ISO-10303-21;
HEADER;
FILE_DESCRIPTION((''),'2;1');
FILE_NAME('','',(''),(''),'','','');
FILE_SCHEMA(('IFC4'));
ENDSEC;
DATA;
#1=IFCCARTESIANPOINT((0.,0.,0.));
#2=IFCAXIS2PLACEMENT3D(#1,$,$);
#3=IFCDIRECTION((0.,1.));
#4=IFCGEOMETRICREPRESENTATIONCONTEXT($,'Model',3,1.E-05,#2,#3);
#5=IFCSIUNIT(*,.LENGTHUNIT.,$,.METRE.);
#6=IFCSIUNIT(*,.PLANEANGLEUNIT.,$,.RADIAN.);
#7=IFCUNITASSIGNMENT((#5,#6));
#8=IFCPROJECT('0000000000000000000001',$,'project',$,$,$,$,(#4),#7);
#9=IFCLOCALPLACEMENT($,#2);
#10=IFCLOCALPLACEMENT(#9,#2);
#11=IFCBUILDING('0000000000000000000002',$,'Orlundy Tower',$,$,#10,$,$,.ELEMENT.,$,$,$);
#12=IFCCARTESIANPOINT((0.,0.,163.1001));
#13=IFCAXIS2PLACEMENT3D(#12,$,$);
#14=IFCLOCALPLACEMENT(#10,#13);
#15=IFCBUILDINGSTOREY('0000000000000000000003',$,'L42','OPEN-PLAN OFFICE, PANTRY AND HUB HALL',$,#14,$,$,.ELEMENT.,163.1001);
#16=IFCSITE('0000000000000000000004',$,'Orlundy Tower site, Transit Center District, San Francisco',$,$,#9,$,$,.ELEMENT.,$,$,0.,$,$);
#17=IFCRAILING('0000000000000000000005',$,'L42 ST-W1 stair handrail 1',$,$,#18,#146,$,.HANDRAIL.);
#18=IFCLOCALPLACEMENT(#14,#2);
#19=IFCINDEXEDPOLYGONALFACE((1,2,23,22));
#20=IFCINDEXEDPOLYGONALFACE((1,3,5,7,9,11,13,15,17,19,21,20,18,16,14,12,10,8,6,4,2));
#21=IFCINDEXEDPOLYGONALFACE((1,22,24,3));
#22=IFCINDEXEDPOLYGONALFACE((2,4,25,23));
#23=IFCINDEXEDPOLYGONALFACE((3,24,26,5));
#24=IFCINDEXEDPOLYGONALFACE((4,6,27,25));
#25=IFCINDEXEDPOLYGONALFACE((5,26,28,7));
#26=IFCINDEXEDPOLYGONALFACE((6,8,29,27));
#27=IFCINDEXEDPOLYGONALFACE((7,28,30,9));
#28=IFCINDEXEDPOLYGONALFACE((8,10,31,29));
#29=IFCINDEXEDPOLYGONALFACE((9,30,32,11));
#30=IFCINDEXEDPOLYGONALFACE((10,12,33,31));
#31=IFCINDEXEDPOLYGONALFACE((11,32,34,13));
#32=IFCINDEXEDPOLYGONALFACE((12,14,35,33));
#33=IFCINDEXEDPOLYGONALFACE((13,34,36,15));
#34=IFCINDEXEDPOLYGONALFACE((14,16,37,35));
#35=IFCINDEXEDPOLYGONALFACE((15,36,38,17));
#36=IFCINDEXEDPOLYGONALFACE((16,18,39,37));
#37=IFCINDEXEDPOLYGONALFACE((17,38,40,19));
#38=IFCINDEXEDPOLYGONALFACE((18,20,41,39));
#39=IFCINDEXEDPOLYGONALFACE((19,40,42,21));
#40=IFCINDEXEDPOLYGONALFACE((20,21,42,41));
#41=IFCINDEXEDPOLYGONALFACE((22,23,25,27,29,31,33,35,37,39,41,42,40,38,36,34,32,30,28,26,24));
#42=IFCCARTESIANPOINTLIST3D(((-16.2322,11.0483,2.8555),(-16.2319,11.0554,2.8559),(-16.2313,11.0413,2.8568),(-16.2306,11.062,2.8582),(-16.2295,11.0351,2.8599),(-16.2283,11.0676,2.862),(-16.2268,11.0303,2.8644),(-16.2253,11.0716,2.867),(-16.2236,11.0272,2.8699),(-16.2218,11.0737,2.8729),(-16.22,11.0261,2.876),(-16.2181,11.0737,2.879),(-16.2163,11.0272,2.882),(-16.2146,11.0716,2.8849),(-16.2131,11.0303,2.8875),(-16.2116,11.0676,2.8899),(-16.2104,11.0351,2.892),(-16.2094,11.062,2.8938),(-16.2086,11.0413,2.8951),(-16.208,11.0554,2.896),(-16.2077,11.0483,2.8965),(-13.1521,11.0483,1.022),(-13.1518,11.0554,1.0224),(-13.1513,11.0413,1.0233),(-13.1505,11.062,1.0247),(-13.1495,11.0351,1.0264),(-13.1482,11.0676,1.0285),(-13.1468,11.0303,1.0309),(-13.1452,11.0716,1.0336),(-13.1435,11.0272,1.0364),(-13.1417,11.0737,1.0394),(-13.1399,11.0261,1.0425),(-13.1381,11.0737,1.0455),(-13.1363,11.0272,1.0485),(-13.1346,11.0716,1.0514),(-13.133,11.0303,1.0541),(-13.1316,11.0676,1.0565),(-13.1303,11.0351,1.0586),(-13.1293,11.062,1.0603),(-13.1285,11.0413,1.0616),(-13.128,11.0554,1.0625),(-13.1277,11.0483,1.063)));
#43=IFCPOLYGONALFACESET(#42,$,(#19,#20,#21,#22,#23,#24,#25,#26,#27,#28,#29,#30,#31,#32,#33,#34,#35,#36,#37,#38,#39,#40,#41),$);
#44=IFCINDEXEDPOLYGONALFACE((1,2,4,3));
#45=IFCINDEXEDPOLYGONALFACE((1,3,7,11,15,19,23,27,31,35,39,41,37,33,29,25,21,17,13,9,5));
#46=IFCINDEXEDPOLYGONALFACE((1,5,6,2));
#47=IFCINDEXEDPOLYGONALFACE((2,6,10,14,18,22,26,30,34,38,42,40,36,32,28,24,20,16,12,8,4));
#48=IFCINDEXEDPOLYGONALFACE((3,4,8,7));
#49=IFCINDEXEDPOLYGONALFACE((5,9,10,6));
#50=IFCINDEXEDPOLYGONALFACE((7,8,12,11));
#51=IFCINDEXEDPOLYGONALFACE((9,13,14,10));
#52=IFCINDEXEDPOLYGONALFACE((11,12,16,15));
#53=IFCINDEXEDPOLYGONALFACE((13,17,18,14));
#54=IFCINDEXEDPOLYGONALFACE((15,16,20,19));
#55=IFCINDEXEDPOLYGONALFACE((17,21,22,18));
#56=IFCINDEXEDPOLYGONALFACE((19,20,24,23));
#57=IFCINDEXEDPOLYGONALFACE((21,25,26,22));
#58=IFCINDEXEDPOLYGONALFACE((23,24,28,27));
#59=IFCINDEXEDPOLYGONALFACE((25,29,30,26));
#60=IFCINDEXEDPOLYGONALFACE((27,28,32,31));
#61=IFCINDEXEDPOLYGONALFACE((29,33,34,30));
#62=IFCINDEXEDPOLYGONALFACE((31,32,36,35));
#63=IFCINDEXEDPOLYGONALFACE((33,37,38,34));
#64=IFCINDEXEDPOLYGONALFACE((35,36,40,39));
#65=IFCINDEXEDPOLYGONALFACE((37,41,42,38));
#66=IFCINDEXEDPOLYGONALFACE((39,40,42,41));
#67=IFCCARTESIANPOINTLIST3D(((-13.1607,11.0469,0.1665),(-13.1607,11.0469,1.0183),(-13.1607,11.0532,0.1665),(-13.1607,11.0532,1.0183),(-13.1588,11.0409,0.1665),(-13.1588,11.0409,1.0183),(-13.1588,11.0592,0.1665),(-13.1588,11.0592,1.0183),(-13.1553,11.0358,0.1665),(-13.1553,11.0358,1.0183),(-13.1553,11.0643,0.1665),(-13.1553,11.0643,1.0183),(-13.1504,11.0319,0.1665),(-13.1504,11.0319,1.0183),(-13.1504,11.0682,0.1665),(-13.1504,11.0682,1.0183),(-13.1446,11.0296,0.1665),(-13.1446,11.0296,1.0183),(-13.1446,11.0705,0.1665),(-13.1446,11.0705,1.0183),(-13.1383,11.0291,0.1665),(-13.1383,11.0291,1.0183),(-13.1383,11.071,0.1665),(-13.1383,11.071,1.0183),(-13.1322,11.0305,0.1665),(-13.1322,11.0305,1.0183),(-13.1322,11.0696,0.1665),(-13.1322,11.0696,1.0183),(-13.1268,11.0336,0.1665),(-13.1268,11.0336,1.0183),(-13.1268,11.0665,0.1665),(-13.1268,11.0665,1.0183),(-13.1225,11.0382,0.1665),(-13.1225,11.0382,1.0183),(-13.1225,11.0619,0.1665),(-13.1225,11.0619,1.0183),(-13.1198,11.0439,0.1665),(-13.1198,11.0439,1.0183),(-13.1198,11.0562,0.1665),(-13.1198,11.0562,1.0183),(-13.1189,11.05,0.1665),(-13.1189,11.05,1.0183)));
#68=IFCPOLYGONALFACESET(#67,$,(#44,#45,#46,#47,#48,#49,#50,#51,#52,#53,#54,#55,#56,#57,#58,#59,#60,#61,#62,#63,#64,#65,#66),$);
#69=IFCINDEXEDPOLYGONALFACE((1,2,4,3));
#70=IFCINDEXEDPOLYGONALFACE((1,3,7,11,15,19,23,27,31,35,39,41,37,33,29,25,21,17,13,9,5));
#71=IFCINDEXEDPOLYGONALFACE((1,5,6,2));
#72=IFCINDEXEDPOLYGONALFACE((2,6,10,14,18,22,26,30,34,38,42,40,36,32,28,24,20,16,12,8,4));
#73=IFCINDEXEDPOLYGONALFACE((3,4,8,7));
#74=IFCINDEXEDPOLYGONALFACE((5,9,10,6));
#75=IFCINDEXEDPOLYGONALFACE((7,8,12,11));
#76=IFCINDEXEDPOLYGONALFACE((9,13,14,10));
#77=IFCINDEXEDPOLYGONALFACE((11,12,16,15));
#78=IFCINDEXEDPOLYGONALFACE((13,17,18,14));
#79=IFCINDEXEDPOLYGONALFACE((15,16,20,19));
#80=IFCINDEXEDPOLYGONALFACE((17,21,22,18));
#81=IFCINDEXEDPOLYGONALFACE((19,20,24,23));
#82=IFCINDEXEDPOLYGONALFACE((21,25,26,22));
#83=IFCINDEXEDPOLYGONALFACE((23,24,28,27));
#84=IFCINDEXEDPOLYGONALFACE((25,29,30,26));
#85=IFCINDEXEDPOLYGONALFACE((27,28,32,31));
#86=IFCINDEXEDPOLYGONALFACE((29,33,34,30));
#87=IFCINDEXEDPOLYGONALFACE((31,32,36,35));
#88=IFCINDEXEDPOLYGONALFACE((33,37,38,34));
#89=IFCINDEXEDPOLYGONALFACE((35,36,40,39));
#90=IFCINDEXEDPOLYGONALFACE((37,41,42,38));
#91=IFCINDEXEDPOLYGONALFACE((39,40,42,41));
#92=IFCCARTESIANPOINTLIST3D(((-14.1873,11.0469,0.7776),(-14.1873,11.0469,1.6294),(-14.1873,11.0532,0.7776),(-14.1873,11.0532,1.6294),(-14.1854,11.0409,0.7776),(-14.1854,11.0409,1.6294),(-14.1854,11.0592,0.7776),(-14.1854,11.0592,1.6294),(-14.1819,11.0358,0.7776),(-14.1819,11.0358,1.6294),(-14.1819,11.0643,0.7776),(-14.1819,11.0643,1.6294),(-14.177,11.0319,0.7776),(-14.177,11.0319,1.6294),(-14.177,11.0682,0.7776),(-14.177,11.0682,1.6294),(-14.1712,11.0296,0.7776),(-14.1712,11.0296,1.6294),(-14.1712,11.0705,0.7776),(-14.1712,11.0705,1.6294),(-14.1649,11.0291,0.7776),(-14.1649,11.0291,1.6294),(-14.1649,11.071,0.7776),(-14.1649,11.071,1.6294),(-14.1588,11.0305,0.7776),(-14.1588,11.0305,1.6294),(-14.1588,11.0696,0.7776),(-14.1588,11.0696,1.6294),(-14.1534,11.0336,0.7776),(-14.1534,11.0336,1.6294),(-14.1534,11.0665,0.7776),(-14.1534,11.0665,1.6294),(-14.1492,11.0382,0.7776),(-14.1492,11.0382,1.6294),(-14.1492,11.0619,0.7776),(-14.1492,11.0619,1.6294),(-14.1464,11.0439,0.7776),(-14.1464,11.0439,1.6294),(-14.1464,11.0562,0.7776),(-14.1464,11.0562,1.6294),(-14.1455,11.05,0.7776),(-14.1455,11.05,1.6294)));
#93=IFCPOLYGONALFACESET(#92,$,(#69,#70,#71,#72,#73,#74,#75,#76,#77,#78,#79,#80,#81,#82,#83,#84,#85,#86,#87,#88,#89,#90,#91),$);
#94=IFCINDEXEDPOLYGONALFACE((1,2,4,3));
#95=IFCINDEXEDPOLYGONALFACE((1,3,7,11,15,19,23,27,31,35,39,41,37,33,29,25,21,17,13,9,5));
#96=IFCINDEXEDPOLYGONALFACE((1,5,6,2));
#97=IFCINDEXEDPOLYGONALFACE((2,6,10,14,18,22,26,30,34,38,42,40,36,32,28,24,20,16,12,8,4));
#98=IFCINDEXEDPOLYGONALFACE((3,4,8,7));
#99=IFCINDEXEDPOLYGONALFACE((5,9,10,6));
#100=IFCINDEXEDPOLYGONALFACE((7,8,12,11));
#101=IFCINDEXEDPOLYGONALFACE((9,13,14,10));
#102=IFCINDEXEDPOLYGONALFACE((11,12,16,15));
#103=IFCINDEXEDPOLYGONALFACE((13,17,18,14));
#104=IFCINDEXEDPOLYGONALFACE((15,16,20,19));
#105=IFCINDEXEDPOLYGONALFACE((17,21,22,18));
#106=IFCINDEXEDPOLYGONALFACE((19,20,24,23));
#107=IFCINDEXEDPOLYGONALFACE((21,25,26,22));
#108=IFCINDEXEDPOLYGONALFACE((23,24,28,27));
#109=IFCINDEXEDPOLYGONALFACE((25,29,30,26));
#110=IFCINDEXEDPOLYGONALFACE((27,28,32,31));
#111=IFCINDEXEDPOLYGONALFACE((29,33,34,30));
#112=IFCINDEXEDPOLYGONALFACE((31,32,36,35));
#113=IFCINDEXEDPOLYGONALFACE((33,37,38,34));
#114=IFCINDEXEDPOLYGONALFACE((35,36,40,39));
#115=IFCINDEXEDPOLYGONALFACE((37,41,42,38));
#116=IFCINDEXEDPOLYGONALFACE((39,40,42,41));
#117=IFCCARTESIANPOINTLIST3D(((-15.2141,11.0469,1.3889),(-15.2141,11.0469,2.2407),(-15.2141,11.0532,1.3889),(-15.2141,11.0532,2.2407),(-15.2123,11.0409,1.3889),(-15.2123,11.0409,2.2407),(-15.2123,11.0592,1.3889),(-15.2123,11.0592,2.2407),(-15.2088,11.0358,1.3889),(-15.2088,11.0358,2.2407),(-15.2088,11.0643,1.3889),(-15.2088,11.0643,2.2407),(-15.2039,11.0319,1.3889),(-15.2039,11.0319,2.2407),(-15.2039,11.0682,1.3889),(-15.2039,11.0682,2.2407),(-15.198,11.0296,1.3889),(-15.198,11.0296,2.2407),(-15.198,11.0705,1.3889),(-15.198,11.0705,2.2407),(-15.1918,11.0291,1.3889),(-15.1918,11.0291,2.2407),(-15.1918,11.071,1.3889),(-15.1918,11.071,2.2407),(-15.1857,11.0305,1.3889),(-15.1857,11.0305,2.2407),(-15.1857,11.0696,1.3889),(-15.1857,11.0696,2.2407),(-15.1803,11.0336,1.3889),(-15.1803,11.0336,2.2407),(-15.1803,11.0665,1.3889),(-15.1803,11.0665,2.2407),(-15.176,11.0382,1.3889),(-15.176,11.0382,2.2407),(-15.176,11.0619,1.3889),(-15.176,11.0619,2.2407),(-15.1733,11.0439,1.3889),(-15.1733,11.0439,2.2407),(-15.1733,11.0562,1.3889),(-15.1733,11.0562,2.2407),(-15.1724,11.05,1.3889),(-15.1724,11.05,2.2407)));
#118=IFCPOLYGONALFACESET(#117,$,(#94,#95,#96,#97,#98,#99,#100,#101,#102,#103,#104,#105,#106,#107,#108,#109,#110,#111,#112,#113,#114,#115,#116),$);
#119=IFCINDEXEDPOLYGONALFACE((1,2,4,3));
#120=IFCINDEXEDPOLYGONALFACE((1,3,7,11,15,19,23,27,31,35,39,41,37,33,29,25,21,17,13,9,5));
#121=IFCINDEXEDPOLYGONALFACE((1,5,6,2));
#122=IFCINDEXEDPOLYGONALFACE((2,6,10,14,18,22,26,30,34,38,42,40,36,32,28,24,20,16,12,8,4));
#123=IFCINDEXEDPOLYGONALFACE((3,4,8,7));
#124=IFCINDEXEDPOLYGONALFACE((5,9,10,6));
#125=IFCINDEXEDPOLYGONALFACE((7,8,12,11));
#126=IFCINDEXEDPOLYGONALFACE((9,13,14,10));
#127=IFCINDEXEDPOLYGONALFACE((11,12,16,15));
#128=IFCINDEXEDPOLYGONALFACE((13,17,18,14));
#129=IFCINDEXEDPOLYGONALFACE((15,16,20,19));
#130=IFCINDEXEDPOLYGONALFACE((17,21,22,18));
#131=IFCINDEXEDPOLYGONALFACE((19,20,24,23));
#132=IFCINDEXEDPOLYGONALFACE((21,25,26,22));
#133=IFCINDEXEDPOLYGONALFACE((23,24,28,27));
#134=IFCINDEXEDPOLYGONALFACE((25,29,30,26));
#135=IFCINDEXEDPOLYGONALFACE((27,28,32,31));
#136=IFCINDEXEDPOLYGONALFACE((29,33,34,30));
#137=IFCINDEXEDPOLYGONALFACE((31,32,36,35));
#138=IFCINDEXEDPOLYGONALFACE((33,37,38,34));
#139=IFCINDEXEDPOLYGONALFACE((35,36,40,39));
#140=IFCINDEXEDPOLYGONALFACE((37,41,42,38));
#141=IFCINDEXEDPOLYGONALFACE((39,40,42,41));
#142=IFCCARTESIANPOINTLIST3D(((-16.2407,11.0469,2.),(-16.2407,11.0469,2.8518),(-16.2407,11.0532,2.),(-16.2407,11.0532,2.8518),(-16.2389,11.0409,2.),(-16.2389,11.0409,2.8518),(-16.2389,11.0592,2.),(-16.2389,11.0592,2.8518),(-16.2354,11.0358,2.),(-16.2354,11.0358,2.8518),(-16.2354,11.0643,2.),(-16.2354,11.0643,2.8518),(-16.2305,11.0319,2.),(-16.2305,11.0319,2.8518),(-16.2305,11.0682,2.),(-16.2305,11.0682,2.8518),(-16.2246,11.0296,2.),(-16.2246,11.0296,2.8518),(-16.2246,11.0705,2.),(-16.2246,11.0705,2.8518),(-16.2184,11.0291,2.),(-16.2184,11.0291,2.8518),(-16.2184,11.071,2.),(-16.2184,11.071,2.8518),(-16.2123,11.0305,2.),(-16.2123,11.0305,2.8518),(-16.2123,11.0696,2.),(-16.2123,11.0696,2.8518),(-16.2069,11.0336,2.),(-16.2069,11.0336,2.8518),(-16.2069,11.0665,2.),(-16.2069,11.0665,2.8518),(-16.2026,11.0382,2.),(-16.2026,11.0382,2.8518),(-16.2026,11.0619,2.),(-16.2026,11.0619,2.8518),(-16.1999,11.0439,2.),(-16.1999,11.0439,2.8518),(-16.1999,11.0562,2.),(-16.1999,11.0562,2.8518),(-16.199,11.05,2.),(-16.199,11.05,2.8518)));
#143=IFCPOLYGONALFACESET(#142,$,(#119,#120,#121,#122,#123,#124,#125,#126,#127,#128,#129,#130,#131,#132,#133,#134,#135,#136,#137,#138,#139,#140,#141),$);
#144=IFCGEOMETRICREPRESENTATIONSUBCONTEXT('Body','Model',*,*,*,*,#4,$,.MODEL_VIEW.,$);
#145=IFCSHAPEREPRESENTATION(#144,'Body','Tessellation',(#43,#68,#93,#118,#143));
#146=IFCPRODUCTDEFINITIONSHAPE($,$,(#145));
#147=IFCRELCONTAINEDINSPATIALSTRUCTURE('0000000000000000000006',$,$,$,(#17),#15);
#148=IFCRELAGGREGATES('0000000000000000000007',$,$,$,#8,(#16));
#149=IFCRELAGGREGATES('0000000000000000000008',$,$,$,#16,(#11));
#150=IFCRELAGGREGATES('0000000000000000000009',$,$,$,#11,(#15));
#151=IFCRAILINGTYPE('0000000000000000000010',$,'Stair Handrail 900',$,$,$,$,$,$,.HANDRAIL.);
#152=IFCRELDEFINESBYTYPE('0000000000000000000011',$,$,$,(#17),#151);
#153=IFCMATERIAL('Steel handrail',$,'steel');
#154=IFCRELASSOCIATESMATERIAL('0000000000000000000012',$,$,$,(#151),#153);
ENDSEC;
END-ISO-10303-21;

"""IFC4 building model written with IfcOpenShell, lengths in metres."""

from ifc_helpers import new_model, si_unit, direction, frame, origin, origin_2d, place, context, subcontext, project, spatial, circle, extrude, material, type_object, element, save


model = new_model("IFC4")

# Units and contexts
model_context = context("Model", 3, precision=1e-05, world=origin(), true_north=direction((0.0, 1.0)))
body_context = subcontext(model_context, "Body", "Model", "MODEL_VIEW")
ifc_project = project(units=[si_unit("LENGTHUNIT", "METRE"), si_unit("PLANEANGLEUNIT", "RADIAN")], contexts=[model_context])

# Site, building, storey
site_placement = place(None, origin())
site = spatial("IfcSite", under=ifc_project, at=site_placement, Name="Orlundy Tower site, Transit Center District, San Francisco", CompositionType="ELEMENT", RefElevation=0.0)
building_placement = place(site_placement, origin())
building = spatial("IfcBuilding", under=site, at=building_placement, Name="Orlundy Tower", CompositionType="ELEMENT")
storey_placement = place(building_placement, frame((0.0, 0.0, 163.1001)))
storey = spatial("IfcBuildingStorey", under=building, at=storey_placement, Name="L42", Description="OPEN-PLAN OFFICE, PANTRY AND HUB HALL", CompositionType="ELEMENT", Elevation=163.1001)

# Railing
ifc_material_1 = material(Name="Steel handrail", Category="steel")
railing_type_1 = type_object("IfcRailingType", Name="Stair Handrail 900", PredefinedType="HANDRAIL", material=ifc_material_1)
railing_1_placement = place(storey_placement, frame((-13.1399, 11.05, 0.1665)))
element("IfcRailing", 1, at=railing_1_placement, inside=storey, type_object=railing_type_1, Name="L42 ST-W1 stair handrail 1", PredefinedType="HANDRAIL", context=body_context, shape_type="SweptSolid", body=[
    extrude(circle(Radius=0.0239, at=origin_2d()), frame((0.0, 0.0, 0.876), z_axis=(-0.859279, 0.0, 0.511508), x_axis=(0.0, -1.0, 0.0)), (0.0, 0.0, 1.0), 3.5845),
    extrude(circle(Radius=0.021, at=origin_2d()), origin(), (0.0, 0.0, 1.0), 0.8518),
    extrude(circle(Radius=0.021, at=origin_2d()), frame((-1.0266, 0.0, 0.6111)), (0.0, 0.0, 1.0), 0.8518),
    extrude(circle(Radius=0.021, at=origin_2d()), frame((-2.0535, 0.0, 1.2224)), (0.0, 0.0, 1.0), 0.8518),
    extrude(circle(Radius=0.021, at=origin_2d()), frame((-3.0801, 0.0, 1.8335)), (0.0, 0.0, 1.0), 0.8518),
])

save(model, "model.ifc")
